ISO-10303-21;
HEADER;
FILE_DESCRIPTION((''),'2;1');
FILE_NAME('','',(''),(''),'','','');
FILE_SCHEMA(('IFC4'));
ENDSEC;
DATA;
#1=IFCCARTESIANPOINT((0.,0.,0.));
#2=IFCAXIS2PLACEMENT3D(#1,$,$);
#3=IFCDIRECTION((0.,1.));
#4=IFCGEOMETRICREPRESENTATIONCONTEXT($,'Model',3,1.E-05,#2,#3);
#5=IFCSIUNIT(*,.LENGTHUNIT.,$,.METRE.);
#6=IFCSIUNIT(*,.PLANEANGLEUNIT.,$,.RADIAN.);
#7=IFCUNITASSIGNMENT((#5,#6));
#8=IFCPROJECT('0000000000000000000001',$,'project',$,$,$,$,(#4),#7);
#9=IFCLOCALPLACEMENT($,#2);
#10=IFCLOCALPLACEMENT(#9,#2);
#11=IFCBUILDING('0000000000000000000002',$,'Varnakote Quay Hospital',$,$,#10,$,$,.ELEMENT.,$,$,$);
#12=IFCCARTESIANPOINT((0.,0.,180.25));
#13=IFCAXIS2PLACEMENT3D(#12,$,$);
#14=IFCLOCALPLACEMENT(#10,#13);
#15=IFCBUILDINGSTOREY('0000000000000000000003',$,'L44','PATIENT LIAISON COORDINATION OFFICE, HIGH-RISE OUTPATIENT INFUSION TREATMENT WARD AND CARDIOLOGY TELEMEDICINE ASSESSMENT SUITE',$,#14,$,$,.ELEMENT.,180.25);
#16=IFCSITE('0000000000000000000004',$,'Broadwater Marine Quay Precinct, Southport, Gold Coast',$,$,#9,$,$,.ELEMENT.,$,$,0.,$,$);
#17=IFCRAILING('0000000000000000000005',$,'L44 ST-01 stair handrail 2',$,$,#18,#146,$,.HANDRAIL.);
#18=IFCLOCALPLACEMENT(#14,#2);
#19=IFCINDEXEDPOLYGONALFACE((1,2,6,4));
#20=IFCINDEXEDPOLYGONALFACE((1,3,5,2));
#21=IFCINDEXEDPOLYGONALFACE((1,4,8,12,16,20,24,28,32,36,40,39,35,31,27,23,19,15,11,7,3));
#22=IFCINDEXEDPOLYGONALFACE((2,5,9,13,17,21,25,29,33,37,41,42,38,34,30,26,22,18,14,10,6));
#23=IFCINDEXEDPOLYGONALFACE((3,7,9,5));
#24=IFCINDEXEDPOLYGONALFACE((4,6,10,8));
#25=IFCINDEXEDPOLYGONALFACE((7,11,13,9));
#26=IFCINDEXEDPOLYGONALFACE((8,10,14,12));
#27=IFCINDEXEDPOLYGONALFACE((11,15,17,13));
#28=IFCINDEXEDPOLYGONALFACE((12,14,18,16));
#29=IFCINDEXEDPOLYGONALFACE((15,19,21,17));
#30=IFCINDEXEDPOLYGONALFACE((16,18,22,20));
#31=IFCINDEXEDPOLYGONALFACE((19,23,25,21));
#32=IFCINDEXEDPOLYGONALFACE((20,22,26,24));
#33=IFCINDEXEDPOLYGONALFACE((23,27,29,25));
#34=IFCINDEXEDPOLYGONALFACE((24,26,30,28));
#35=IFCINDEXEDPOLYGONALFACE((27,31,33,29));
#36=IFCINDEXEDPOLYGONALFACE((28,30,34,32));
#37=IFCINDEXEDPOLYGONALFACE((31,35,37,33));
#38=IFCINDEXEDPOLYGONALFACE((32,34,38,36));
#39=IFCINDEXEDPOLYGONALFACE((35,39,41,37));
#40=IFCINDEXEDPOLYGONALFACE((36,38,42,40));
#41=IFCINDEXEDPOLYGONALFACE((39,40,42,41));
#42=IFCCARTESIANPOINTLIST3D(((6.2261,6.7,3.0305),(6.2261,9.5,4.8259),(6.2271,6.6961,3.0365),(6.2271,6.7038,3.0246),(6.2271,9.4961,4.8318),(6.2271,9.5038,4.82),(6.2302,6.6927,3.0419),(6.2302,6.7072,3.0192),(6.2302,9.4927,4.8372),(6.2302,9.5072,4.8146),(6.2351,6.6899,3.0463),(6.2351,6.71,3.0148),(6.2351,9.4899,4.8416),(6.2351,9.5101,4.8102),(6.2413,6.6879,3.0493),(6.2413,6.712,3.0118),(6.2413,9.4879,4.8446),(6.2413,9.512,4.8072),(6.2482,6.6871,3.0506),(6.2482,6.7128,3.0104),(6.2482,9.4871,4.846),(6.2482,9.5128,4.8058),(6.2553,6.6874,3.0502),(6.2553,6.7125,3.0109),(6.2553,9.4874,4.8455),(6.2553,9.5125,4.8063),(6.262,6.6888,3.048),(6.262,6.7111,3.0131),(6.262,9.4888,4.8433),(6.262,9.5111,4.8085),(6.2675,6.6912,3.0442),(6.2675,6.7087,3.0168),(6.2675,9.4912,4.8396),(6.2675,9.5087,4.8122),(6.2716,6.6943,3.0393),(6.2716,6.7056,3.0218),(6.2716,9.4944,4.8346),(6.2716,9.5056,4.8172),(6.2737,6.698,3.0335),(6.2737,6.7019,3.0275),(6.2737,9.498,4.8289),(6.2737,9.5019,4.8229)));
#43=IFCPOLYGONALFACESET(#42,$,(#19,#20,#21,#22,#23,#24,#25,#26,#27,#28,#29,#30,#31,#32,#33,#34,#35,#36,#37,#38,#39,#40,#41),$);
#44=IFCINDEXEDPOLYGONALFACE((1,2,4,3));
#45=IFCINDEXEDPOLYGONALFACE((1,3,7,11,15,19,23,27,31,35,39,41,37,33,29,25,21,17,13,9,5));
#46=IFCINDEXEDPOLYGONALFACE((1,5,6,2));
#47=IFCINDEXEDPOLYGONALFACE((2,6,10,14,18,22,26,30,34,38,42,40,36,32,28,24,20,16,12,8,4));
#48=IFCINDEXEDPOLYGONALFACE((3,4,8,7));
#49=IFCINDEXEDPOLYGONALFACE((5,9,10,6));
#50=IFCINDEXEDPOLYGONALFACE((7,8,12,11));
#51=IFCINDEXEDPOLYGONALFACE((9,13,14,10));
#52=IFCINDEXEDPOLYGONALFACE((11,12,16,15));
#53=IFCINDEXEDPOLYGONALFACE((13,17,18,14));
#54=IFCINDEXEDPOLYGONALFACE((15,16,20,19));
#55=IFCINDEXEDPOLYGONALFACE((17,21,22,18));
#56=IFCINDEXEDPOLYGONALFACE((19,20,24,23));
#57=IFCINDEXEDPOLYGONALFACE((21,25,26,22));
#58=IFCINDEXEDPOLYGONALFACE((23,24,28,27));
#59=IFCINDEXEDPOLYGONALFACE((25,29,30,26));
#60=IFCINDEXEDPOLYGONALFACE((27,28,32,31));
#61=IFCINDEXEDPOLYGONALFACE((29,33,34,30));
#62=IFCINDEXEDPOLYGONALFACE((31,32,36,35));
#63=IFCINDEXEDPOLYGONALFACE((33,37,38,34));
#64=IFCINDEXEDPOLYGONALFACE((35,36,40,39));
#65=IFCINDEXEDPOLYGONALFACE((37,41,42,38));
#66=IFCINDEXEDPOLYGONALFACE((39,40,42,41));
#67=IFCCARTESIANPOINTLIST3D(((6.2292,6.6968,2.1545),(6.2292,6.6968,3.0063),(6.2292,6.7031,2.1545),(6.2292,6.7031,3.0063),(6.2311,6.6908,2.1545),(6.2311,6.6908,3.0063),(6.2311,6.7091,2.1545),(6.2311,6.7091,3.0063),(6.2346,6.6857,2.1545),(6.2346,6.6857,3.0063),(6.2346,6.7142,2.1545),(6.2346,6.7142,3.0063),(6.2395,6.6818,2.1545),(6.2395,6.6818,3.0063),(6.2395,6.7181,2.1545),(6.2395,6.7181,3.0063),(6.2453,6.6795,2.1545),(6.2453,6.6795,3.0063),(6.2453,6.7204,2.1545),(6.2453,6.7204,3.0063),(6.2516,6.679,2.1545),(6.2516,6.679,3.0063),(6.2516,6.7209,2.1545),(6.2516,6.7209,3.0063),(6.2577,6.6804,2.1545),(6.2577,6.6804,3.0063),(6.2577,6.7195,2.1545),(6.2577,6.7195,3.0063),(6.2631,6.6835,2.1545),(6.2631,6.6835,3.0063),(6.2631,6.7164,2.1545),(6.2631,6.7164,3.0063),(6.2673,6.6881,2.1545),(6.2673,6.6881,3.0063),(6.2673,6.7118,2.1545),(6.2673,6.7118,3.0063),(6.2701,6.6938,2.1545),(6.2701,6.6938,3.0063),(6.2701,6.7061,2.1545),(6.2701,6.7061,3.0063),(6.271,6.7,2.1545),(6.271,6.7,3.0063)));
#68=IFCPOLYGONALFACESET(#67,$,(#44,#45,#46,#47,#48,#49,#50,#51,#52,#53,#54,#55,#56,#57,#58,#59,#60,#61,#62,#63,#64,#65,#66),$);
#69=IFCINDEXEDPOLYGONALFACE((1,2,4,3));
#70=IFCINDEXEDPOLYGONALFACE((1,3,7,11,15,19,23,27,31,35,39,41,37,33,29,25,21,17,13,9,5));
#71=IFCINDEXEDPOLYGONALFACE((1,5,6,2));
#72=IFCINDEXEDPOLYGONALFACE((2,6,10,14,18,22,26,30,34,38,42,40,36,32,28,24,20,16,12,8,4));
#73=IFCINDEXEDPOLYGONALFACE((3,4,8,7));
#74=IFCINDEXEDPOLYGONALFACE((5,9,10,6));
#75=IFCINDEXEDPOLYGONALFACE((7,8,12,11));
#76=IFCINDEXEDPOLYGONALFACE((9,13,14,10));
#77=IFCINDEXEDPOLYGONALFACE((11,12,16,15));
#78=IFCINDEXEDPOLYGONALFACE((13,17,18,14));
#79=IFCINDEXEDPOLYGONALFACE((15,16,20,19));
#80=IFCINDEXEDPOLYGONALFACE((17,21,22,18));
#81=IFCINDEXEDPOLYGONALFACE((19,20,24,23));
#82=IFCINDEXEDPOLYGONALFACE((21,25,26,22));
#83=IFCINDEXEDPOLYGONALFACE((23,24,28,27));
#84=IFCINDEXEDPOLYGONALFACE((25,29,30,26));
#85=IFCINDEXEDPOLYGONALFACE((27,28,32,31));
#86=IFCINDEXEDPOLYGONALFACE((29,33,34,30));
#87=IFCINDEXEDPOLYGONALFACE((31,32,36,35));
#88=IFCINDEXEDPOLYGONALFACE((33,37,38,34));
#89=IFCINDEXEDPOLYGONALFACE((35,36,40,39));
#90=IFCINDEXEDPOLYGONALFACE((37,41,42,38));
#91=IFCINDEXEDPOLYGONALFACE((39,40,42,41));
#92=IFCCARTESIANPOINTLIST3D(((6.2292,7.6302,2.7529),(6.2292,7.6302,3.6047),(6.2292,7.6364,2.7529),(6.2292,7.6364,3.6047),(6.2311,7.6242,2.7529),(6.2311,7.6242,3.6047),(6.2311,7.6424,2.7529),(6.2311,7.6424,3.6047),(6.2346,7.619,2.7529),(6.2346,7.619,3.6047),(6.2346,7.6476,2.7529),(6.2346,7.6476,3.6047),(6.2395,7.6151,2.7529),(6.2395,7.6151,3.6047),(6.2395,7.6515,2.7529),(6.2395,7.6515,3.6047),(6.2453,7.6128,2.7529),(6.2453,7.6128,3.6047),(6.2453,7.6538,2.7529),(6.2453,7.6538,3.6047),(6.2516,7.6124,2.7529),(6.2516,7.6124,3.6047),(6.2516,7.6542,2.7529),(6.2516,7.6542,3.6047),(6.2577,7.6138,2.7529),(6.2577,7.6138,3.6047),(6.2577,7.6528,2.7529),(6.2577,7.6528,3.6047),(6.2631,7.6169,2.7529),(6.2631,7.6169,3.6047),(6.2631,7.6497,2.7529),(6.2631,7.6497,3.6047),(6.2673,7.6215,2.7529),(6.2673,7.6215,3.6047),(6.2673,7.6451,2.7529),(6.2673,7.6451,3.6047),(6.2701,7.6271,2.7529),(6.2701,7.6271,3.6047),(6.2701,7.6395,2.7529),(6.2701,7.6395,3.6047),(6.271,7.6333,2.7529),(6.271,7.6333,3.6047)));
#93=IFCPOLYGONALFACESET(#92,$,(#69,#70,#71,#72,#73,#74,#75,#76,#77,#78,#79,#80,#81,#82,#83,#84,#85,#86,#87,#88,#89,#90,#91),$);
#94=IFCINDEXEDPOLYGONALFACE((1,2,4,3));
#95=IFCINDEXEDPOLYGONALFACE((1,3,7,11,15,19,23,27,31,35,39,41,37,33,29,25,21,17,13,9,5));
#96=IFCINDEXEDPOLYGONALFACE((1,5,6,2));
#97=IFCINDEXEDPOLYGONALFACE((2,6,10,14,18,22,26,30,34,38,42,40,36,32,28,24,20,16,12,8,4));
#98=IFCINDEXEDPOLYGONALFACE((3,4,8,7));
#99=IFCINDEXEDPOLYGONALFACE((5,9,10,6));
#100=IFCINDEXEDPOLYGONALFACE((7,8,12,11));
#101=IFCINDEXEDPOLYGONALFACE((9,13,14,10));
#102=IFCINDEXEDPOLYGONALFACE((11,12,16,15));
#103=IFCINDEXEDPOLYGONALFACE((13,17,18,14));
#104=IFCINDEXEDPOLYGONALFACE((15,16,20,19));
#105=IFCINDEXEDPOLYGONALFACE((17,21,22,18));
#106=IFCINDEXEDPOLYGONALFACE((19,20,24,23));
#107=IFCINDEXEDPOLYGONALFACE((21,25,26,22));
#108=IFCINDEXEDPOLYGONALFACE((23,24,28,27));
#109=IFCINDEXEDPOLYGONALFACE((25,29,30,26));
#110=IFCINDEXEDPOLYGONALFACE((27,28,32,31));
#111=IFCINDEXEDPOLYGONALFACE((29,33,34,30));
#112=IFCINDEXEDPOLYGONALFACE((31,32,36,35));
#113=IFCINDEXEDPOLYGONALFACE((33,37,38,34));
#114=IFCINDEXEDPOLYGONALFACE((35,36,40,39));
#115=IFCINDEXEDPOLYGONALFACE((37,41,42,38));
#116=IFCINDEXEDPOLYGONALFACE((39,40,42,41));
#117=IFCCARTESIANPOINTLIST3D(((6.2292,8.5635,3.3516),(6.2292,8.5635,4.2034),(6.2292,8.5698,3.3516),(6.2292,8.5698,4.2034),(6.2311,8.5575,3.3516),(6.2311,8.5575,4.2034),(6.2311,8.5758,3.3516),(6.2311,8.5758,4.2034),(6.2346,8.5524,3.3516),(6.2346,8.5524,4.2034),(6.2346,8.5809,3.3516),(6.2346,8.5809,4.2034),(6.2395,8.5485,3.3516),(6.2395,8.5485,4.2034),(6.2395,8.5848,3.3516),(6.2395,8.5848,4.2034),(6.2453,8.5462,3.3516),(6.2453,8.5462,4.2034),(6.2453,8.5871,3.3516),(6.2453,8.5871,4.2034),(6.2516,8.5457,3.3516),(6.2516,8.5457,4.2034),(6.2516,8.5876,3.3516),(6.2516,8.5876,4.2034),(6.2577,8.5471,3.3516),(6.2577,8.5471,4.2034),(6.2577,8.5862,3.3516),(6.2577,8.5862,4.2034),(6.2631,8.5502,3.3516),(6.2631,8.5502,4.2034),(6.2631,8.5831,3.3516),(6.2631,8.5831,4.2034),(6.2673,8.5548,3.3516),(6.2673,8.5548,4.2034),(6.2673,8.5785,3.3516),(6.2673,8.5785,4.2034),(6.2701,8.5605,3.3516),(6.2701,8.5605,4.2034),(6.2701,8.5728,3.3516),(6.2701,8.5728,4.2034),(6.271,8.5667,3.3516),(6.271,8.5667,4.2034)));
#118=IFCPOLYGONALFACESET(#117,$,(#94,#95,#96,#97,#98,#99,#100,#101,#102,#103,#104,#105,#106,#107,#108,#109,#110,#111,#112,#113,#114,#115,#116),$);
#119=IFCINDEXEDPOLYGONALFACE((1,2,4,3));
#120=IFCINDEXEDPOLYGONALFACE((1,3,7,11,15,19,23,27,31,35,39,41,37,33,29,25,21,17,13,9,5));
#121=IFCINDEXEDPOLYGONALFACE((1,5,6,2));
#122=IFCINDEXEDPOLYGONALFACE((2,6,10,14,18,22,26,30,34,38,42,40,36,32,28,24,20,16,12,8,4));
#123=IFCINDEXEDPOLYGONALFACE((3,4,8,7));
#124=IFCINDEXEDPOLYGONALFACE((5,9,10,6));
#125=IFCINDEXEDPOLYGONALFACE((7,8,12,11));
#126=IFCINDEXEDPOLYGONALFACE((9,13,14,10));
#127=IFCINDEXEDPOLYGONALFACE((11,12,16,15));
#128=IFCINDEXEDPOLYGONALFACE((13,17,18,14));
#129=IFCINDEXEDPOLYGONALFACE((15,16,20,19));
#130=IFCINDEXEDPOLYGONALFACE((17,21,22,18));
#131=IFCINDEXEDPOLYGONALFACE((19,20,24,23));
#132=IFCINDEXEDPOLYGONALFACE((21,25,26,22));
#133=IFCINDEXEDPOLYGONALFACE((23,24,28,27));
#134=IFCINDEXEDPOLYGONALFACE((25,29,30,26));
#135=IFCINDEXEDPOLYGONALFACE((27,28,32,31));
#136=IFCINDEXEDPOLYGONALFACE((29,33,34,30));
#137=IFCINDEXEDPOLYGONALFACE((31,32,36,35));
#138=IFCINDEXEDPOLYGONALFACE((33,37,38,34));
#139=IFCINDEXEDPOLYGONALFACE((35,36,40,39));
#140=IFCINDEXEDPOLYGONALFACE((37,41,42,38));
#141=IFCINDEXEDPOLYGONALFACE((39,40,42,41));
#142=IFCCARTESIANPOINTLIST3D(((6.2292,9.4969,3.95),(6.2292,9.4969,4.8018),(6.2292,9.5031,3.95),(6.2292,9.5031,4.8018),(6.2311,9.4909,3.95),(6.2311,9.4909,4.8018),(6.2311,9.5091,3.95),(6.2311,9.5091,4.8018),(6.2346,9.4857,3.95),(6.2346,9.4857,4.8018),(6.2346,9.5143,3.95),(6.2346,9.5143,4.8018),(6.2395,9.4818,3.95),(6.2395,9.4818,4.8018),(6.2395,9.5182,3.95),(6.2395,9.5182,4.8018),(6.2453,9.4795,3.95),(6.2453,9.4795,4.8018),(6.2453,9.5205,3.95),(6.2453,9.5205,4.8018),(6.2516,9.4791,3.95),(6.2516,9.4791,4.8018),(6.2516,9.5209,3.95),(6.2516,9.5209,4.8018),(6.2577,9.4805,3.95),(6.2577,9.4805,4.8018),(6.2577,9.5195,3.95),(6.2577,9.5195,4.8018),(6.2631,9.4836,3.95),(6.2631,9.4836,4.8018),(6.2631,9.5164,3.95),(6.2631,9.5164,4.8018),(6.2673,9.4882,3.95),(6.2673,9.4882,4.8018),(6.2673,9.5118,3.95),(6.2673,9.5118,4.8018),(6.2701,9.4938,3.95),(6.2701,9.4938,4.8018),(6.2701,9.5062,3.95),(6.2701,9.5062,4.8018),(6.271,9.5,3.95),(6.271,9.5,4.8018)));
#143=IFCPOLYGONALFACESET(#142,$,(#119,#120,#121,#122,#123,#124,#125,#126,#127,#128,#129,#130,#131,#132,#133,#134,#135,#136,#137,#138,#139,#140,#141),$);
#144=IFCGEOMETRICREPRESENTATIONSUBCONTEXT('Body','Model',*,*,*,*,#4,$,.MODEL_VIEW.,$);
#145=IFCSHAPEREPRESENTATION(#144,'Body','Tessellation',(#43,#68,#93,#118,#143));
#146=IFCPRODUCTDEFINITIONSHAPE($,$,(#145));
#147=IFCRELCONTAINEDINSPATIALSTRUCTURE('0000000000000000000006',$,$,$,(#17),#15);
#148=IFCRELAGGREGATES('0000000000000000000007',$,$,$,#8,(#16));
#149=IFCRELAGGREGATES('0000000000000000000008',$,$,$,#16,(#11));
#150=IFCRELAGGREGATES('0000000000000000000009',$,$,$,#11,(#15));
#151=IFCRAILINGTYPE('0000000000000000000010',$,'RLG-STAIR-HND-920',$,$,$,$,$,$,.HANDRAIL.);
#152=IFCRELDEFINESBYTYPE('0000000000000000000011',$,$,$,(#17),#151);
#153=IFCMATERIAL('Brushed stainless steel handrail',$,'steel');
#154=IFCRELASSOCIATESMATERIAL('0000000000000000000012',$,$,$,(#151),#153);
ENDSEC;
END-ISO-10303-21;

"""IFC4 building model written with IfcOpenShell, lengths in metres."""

from ifc_helpers import new_model, si_unit, direction, frame, origin, origin_2d, place, context, subcontext, project, spatial, circle, extrude, material, type_object, element, save


model = new_model("IFC4")

# Units and contexts
model_context = context("Model", 3, precision=1e-05, world=origin(), true_north=direction((0.0, 1.0)))
body_context = subcontext(model_context, "Body", "Model", "MODEL_VIEW")
ifc_project = project(units=[si_unit("LENGTHUNIT", "METRE"), si_unit("PLANEANGLEUNIT", "RADIAN")], contexts=[model_context])

# Site, building, storey
site_placement = place(None, origin())
site = spatial("IfcSite", under=ifc_project, at=site_placement, Name="Broadwater Marine Quay Precinct, Southport, Gold Coast", CompositionType="ELEMENT", RefElevation=0.0)
building_placement = place(site_placement, origin())
building = spatial("IfcBuilding", under=site, at=building_placement, Name="Varnakote Quay Hospital", CompositionType="ELEMENT")
storey_placement = place(building_placement, frame((0.0, 0.0, 180.25)))
storey = spatial("IfcBuildingStorey", under=building, at=storey_placement, Name="L44", Description="PATIENT LIAISON COORDINATION OFFICE, HIGH-RISE OUTPATIENT INFUSION TREATMENT WARD AND CARDIOLOGY TELEMEDICINE ASSESSMENT SUITE", CompositionType="ELEMENT", Elevation=180.25)

# Railing
ifc_material_1 = material(Name="Brushed stainless steel handrail", Category="steel")
railing_type_1 = type_object("IfcRailingType", Name="RLG-STAIR-HND-920", PredefinedType="HANDRAIL", material=ifc_material_1)
railing_1_placement = place(storey_placement, frame((6.25, 6.7, 2.1545)))
element("IfcRailing", 1, at=railing_1_placement, inside=storey, type_object=railing_type_1, Name="L44 ST-01 stair handrail 2", PredefinedType="HANDRAIL", context=body_context, shape_type="SweptSolid", body=[
    extrude(circle(Radius=0.0239, at=origin_2d()), frame((0.0, 0.0, 0.876), z_axis=(0.0, 0.84181, 0.539774), x_axis=(-1.0, 0.0, 0.0)), (0.0, 0.0, 1.0), 3.3262),
    extrude(circle(Radius=0.021, at=origin_2d()), origin(), (0.0, 0.0, 1.0), 0.8518),
    extrude(circle(Radius=0.021, at=origin_2d()), frame((0.0, 0.9333, 0.5984)), (0.0, 0.0, 1.0), 0.8518),
    extrude(circle(Radius=0.021, at=origin_2d()), frame((0.0, 1.8667, 1.197)), (0.0, 0.0, 1.0), 0.8518),
    extrude(circle(Radius=0.021, at=origin_2d()), frame((0.0, 2.8, 1.7954)), (0.0, 0.0, 1.0), 0.8518),
])

save(model, "model.ifc")
